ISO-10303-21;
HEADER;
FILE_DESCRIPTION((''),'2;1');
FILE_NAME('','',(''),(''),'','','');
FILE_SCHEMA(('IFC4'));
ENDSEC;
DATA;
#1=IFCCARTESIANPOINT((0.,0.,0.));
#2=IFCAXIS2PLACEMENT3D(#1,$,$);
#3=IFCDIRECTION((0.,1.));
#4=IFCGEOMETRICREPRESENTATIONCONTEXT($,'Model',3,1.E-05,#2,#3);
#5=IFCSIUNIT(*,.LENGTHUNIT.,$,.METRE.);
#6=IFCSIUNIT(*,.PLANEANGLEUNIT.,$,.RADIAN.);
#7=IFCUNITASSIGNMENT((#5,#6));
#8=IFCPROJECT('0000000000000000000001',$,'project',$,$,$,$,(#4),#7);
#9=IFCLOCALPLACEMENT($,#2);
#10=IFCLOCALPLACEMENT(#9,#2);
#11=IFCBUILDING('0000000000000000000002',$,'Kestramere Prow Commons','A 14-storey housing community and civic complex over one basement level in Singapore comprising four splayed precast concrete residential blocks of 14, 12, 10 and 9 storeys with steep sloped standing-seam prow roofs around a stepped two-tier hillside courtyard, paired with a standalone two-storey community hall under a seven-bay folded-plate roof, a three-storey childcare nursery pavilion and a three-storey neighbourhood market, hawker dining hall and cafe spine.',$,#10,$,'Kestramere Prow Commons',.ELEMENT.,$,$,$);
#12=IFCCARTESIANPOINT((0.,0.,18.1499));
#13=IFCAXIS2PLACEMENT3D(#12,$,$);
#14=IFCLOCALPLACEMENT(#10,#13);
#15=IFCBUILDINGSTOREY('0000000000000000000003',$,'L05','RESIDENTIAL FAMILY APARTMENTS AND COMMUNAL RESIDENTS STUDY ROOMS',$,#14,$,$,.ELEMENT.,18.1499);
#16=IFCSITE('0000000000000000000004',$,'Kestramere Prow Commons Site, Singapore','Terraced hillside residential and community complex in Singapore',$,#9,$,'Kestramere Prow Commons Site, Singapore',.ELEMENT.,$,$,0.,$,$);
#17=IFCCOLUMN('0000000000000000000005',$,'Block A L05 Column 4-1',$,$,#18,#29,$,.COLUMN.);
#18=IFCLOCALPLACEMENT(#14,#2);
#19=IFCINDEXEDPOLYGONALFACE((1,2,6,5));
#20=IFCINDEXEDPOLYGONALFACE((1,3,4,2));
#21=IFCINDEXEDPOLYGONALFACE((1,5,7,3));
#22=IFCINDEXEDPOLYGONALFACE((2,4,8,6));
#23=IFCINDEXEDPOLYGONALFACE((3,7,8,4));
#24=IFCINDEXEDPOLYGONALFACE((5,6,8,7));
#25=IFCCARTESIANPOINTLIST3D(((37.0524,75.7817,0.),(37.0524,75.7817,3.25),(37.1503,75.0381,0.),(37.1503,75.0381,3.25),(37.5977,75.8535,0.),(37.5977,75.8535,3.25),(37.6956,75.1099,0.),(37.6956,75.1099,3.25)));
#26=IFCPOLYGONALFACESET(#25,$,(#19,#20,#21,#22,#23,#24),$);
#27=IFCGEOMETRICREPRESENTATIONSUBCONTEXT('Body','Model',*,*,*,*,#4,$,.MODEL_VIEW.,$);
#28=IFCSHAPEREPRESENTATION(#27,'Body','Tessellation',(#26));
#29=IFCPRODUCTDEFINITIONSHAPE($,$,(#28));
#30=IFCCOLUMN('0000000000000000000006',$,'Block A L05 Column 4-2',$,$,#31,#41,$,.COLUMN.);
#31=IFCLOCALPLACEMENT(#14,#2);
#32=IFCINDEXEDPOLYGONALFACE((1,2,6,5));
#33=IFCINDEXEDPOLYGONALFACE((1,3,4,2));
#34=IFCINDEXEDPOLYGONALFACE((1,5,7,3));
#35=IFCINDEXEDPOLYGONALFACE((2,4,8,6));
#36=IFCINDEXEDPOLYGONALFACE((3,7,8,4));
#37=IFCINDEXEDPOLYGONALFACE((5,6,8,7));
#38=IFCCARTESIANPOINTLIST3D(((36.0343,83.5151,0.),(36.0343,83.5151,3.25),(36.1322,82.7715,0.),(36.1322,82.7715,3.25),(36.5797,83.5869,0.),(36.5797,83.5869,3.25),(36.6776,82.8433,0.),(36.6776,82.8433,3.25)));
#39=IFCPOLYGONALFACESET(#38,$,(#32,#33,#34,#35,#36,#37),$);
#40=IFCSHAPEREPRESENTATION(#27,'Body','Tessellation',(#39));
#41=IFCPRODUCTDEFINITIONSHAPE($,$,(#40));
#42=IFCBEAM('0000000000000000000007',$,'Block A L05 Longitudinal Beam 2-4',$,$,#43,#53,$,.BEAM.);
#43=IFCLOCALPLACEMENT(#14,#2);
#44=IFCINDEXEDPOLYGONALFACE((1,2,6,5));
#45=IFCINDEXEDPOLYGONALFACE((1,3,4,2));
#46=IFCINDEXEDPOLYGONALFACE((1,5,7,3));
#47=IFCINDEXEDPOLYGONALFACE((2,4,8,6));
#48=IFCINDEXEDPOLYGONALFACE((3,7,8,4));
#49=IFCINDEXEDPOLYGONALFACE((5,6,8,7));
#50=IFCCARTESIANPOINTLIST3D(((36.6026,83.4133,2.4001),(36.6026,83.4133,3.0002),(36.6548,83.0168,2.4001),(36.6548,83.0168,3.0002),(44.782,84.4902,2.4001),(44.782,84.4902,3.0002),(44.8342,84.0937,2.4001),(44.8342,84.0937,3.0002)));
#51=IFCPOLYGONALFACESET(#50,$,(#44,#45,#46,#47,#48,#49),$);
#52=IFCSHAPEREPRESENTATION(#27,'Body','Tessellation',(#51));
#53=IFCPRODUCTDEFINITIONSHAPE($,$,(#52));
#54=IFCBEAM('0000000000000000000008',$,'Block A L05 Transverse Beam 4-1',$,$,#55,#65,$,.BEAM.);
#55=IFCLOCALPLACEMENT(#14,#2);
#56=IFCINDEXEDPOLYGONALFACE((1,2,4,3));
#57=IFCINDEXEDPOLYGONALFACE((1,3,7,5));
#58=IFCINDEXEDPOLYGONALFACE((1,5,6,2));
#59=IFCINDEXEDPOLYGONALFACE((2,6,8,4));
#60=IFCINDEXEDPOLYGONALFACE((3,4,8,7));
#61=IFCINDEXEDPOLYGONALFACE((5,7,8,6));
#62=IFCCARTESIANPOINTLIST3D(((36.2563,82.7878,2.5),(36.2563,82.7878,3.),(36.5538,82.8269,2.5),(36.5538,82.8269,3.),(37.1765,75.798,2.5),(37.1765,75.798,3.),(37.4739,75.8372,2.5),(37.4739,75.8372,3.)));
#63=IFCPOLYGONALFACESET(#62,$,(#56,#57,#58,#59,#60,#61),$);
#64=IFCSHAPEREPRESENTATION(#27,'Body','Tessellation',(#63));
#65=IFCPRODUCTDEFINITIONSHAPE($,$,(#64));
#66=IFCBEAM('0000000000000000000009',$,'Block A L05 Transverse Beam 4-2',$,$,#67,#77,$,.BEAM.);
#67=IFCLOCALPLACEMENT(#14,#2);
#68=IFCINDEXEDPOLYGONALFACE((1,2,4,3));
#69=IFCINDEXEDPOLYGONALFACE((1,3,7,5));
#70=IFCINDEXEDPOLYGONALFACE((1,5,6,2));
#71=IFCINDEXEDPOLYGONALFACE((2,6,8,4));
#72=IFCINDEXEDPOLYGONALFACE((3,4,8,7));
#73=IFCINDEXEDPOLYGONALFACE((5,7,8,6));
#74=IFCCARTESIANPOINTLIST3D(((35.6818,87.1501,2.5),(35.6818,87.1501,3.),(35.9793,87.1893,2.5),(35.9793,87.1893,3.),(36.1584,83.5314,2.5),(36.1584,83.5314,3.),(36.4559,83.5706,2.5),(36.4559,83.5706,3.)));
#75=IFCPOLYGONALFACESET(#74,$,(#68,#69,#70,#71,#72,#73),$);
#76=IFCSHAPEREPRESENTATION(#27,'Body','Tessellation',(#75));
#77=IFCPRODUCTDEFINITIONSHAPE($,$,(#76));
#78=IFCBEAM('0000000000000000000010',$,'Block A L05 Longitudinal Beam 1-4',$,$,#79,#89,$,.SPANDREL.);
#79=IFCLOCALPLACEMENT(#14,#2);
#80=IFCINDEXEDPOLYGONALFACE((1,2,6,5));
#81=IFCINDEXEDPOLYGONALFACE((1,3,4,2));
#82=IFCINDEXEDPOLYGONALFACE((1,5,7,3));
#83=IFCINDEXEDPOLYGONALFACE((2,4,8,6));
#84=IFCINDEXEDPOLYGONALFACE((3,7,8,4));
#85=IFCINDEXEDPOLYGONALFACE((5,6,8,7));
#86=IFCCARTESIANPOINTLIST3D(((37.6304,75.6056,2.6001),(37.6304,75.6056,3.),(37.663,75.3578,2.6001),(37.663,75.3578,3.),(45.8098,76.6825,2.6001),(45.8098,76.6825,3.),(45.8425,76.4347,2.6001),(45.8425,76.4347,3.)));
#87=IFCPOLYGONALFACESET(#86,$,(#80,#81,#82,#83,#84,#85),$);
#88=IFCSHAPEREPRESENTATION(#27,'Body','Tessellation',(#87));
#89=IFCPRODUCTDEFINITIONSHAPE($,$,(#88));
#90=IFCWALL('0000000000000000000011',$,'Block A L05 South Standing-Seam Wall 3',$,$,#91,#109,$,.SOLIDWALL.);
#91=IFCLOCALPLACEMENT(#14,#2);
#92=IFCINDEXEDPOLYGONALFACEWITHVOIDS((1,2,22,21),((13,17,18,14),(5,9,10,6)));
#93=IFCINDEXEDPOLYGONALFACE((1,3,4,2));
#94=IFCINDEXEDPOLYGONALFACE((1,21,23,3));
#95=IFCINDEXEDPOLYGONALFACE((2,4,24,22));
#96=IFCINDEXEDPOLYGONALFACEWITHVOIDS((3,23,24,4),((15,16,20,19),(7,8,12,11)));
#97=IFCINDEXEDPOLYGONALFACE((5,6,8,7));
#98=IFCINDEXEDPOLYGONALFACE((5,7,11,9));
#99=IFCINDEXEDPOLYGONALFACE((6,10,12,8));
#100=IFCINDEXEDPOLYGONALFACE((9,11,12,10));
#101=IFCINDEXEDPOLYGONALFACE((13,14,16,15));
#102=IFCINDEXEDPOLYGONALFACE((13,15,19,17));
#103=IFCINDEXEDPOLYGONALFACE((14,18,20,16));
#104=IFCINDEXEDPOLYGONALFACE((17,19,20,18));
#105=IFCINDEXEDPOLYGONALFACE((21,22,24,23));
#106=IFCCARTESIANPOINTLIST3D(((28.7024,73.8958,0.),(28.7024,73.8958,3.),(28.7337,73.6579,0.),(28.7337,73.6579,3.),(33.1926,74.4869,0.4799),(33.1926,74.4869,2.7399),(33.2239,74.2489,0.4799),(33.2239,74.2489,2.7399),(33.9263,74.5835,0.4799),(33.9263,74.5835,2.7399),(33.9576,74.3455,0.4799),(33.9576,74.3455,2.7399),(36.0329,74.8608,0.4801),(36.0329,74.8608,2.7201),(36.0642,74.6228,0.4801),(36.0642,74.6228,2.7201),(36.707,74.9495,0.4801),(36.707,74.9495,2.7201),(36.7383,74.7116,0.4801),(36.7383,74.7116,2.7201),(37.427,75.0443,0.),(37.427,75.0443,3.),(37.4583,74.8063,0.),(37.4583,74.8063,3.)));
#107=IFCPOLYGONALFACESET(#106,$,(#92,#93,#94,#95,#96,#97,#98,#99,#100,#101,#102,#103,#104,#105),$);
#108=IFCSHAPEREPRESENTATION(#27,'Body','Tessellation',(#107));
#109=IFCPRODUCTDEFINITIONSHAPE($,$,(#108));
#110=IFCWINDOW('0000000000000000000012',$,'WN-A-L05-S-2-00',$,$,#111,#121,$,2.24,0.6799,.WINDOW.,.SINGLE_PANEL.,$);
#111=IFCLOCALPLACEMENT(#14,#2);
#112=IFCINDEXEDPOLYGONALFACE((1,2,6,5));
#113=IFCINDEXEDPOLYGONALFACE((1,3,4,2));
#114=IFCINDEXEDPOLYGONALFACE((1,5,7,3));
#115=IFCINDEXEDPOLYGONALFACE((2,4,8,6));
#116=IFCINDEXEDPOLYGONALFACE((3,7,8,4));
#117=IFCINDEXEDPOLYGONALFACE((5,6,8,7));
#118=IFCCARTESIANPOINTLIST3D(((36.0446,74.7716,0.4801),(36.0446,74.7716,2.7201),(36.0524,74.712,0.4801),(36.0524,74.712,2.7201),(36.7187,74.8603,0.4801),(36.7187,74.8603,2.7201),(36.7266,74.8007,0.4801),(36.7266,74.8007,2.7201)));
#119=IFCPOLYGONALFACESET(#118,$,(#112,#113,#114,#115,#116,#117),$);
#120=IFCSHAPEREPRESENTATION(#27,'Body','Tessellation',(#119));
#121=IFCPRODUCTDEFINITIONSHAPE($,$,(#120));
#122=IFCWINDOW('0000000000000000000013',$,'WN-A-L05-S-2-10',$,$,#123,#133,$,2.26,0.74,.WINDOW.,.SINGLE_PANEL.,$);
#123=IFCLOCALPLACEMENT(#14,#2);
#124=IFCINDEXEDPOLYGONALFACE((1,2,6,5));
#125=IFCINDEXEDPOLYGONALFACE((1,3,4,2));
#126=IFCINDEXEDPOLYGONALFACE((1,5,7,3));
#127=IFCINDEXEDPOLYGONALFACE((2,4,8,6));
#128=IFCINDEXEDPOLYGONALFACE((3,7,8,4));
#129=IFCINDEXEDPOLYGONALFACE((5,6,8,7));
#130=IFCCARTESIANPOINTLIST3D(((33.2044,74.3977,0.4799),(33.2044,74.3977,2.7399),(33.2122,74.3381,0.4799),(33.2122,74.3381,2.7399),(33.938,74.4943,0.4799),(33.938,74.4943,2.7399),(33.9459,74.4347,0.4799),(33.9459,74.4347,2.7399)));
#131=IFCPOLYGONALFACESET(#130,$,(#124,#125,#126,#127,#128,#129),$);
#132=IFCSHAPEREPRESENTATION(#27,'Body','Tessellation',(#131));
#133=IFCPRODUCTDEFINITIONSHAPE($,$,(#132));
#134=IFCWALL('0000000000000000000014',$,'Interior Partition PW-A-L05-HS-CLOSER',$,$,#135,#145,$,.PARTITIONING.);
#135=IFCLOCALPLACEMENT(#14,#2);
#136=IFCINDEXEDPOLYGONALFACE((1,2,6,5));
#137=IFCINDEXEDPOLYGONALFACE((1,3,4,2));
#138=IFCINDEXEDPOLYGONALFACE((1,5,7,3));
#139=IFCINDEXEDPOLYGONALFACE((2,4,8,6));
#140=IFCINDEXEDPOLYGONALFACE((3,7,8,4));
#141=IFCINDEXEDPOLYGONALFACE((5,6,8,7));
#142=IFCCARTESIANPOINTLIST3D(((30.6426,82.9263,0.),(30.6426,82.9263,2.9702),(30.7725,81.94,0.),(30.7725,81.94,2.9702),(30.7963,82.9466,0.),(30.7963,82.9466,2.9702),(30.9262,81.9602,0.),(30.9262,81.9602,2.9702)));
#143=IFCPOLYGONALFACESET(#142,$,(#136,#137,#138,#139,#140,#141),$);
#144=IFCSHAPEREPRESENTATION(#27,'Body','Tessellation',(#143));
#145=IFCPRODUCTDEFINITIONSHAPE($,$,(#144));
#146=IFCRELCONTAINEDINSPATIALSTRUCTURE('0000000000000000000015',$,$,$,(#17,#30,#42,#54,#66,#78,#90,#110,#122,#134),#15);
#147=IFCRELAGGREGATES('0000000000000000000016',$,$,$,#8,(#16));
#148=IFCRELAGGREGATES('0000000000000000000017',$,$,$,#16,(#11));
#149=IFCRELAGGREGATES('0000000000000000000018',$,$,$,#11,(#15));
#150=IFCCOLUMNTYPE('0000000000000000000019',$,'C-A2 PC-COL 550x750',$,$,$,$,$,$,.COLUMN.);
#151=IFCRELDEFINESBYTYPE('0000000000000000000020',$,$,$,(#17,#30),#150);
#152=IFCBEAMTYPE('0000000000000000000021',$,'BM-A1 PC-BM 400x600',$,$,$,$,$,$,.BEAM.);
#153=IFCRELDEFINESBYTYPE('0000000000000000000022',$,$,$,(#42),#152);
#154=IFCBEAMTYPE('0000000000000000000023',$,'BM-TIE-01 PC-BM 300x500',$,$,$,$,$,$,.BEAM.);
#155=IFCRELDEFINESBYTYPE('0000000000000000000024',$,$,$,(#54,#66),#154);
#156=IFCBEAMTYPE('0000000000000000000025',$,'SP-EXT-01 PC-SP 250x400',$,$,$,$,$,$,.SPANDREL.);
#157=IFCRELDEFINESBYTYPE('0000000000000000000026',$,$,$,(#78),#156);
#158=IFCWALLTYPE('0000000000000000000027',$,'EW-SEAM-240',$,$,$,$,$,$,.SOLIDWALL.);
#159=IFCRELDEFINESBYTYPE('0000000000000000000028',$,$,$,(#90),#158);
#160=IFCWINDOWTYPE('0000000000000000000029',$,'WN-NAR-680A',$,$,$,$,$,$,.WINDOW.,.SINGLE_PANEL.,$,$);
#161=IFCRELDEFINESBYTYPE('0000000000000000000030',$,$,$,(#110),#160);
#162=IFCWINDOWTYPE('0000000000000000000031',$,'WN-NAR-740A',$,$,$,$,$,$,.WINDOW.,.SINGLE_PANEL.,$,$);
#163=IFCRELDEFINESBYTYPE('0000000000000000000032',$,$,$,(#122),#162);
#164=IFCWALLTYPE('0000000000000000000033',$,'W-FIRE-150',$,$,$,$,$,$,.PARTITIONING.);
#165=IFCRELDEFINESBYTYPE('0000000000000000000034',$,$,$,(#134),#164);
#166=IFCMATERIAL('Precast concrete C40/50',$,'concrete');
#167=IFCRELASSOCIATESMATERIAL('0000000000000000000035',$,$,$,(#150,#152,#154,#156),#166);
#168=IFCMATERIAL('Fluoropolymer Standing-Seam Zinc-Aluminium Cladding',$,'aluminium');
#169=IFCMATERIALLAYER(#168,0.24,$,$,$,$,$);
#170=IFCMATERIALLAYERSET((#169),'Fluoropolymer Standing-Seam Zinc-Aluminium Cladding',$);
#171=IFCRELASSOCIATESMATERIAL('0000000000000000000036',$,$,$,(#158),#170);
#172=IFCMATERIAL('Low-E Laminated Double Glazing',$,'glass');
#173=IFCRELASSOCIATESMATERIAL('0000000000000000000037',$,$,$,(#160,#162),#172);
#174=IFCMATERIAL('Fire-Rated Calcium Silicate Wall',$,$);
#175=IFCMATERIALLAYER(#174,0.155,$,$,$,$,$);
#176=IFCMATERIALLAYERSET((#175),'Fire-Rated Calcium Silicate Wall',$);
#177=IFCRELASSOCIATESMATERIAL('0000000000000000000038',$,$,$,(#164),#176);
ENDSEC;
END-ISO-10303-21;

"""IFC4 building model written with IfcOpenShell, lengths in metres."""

from ifc_helpers import new_model, si_unit, direction, frame, frame_2d, origin, origin_2d, place, context, subcontext, project, spatial, rectangle, extrude, material, layer, layer_set, material_profile, profile_set, type_object, element, fill, save


model = new_model("IFC4")

# Units and contexts
model_context = context("Model", 3, precision=1e-05, world=origin(), true_north=direction((0.0, 1.0)))
body_context = subcontext(model_context, "Body", "Model", "MODEL_VIEW")
ifc_project = project(units=[si_unit("LENGTHUNIT", "METRE"), si_unit("PLANEANGLEUNIT", "RADIAN")], contexts=[model_context])

# Site, building, storey
site_placement = place(None, origin())
site = spatial("IfcSite", under=ifc_project, at=site_placement, Name="Kestramere Prow Commons Site, Singapore", Description="Terraced hillside residential and community complex in Singapore", LongName="Kestramere Prow Commons Site, Singapore", CompositionType="ELEMENT", RefElevation=0.0)
building_placement = place(site_placement, origin())
building = spatial("IfcBuilding", under=site, at=building_placement, Name="Kestramere Prow Commons", Description="A 14-storey housing community and civic complex over one basement level in Singapore comprising four splayed precast concrete residential blocks of 14, 12, 10 and 9 storeys with steep sloped standing-seam prow roofs around a stepped two-tier hillside courtyard, paired with a standalone two-storey community hall under a seven-bay folded-plate roof, a three-storey childcare nursery pavilion and a three-storey neighbourhood market, hawker dining hall and cafe spine.", LongName="Kestramere Prow Commons", CompositionType="ELEMENT")
storey_placement = place(building_placement, frame((0.0, 0.0, 18.1499)))
storey = spatial("IfcBuildingStorey", under=building, at=storey_placement, Name="L05", Description="RESIDENTIAL FAMILY APARTMENTS AND COMMUNAL RESIDENTS STUDY ROOMS", CompositionType="ELEMENT", Elevation=18.1499)

# Columns
ifc_material_1 = material(Name="Precast concrete C40/50", Category="concrete")
ifc_material_profile_1 = material_profile(ifc_material_1, rectangle(XDim=0.55, YDim=0.75, at=origin_2d()), Name="PC-COL 550x750")
ifc_profile_set_1 = profile_set([ifc_material_profile_1], Name="Precast concrete C40/50")
column_type = type_object("IfcColumnType", Name="C-A2 PC-COL 550x750", PredefinedType="COLUMN", material=ifc_profile_set_1)
for number, where, z_axis, x_axis, name in (
    (1, (37.374, 75.4458, 0.0), (0.0, 0.0, 1.0), (0.991445, 0.130526, 0.0), "Block A L05 Column 4-1"),
    (2, (36.356, 83.1792, 0.0), (0.0, 0.0, 1.0), (0.991445, 0.130526, 0.0), "Block A L05 Column 4-2"),
):
    element("IfcColumn", number, at=place(storey_placement, frame(where, z_axis=z_axis, x_axis=x_axis)), inside=storey, type_object=column_type, Name=name, PredefinedType="COLUMN", context=body_context, shape_type="SweptSolid", body=[
        extrude(rectangle(XDim=0.55, YDim=0.75, at=origin_2d()), origin(), (0.0, 0.0, 1.0), 3.25),
    ])

# Beams
ifc_material_profile_2 = material_profile(ifc_material_1, rectangle(XDim=0.3999, YDim=0.6001, at=origin_2d()), Name="PC-BM 400x600")
ifc_profile_set_2 = profile_set([ifc_material_profile_2], Name="Precast concrete C40/50")
beam_type_1 = type_object("IfcBeamType", Name="BM-A1 PC-BM 400x600", PredefinedType="BEAM", material=ifc_profile_set_2)
beam_1_placement = place(storey_placement, frame((36.6287, 83.2151, 2.7002), z_axis=(0.991444, 0.130533, 0.0), x_axis=(-0.130533, 0.991444, 0.0)))
element("IfcBeam", 3, at=beam_1_placement, inside=storey, type_object=beam_type_1, Name="Block A L05 Longitudinal Beam 2-4", PredefinedType="BEAM", context=body_context, shape_type="SweptSolid", body=[
    extrude(rectangle(XDim=0.3999, YDim=0.6001, at=origin_2d()), origin(), (0.0, 0.0, 1.0), 8.25),
])
ifc_material_profile_3 = material_profile(ifc_material_1, rectangle(XDim=0.3, YDim=0.5, at=origin_2d()), Name="PC-BM 300x500")
ifc_profile_set_3 = profile_set([ifc_material_profile_3], Name="Precast concrete C40/50")
beam_type_2 = type_object("IfcBeamType", Name="BM-TIE-01 PC-BM 300x500", PredefinedType="BEAM", material=ifc_profile_set_3)
beam_2_placement = place(storey_placement, frame((37.3252, 75.8176, 2.75), z_axis=(-0.130519, 0.991446, 0.0), x_axis=(-0.991446, -0.130519, 0.0)))
element("IfcBeam", 4, at=beam_2_placement, inside=storey, type_object=beam_type_2, Name="Block A L05 Transverse Beam 4-1", PredefinedType="BEAM", context=body_context, shape_type="SweptSolid", body=[
    extrude(rectangle(XDim=0.3, YDim=0.5, at=origin_2d()), origin(), (0.0, 0.0, 1.0), 7.05),
])
beam_3_placement = place(storey_placement, frame((36.3071, 83.551, 2.75), z_axis=(-0.130569, 0.991439, 0.0), x_axis=(-0.991439, -0.130569, 0.0)))
element("IfcBeam", 5, at=beam_3_placement, inside=storey, type_object=beam_type_2, Name="Block A L05 Transverse Beam 4-2", PredefinedType="BEAM", context=body_context, shape_type="SweptSolid", body=[
    extrude(rectangle(XDim=0.3, YDim=0.5, at=origin_2d()), origin(), (0.0, 0.0, 1.0), 3.6499),
])
ifc_material_profile_4 = material_profile(ifc_material_1, rectangle(XDim=0.25, YDim=0.3999, at=origin_2d()), Name="PC-SP 250x400")
ifc_profile_set_4 = profile_set([ifc_material_profile_4], Name="Precast concrete C40/50")
beam_type_3 = type_object("IfcBeamType", Name="SP-EXT-01 PC-SP 250x400", PredefinedType="SPANDREL", material=ifc_profile_set_4)
beam_4_placement = place(storey_placement, frame((37.6467, 75.4817, 2.8), z_axis=(0.991444, 0.130533, 0.0), x_axis=(-0.130533, 0.991444, 0.0)))
element("IfcBeam", 6, at=beam_4_placement, inside=storey, type_object=beam_type_3, Name="Block A L05 Longitudinal Beam 1-4", PredefinedType="SPANDREL", context=body_context, shape_type="SweptSolid", body=[
    extrude(rectangle(XDim=0.25, YDim=0.3999, at=origin_2d()), origin(), (0.0, 0.0, 1.0), 8.25),
])

# Wall, openings, windows
ifc_material_2 = material(Name="Fluoropolymer Standing-Seam Zinc-Aluminium Cladding", Category="aluminium")
ifc_layer_1 = layer(ifc_material_2, 0.24)
ifc_layer_set_1 = layer_set([ifc_layer_1], Name="Fluoropolymer Standing-Seam Zinc-Aluminium Cladding")
wall_type_1 = type_object("IfcWallType", Name="EW-SEAM-240", PredefinedType="SOLIDWALL", material=ifc_layer_set_1)
wall_1_placement = place(storey_placement, frame((37.4426, 74.9253, 0.0), z_axis=(0.0, 0.0, 1.0), x_axis=(-0.991447, -0.130506, 0.0)))
wall_1 = element("IfcWall", 7, at=wall_1_placement, inside=storey, type_object=wall_type_1, Name="Block A L05 South Standing-Seam Wall 3", PredefinedType="SOLIDWALL", context=body_context, shape_type="SweptSolid", body=[
    extrude(rectangle(XDim=8.7998, YDim=0.24, at=frame_2d((4.3999, 0.0))), origin(), (0.0, 0.0, 1.0), 3.0),
])
opening_1_placement = place(wall_1_placement, frame((0.7263, 0.0, 0.48)))
opening_1 = element("IfcOpeningElement", 8, at=opening_1_placement, cuts=wall_1, PredefinedType="OPENING", context=body_context, shape_type="SweptSolid", body=[
    extrude(rectangle(XDim=0.6799, YDim=2.24, at=frame_2d((0.3398, 1.1201))), frame((0.0, 0.135, 0.0), z_axis=(0.0, -1.0, 0.0), x_axis=(1.0, 0.0, 0.0)), (0.0, 0.0, 1.0), 0.27),
])
opening_2_placement = place(wall_1_placement, frame((3.5308, 0.0, 0.48)))
opening_2 = element("IfcOpeningElement", 9, at=opening_2_placement, cuts=wall_1, PredefinedType="OPENING", context=body_context, shape_type="SweptSolid", body=[
    extrude(rectangle(XDim=0.74, YDim=2.26, at=frame_2d((0.3701, 1.1299))), frame((0.0, 0.135, 0.0), z_axis=(0.0, -1.0, 0.0), x_axis=(1.0, 0.0, 0.0)), (0.0, 0.0, 1.0), 0.27),
])
ifc_material_3 = material(Name="Low-E Laminated Double Glazing", Category="glass")
window_type_1 = type_object("IfcWindowType", Name="WN-NAR-680A", PartitioningType="SINGLE_PANEL", PredefinedType="WINDOW", material=ifc_material_3)
window_1_placement = place(opening_1_placement, origin())
window_1 = element("IfcWindow", 10, at=window_1_placement, inside=storey, type_object=window_type_1, Name="WN-A-L05-S-2-00", OverallHeight=2.24, OverallWidth=0.6799, PartitioningType="SINGLE_PANEL", PredefinedType="WINDOW", context=body_context, shape_type="SweptSolid", body=[
    extrude(rectangle(XDim=0.6799, YDim=2.24, at=frame_2d((0.3398, 1.1201))), frame((0.0, 0.03, 0.0), z_axis=(0.0, -1.0, 0.0), x_axis=(1.0, 0.0, 0.0)), (0.0, 0.0, 1.0), 0.0601),
])
fill(opening_1, window_1)
window_type_2 = type_object("IfcWindowType", Name="WN-NAR-740A", PartitioningType="SINGLE_PANEL", PredefinedType="WINDOW", material=ifc_material_3)
window_2_placement = place(opening_2_placement, origin())
window_2 = element("IfcWindow", 11, at=window_2_placement, inside=storey, type_object=window_type_2, Name="WN-A-L05-S-2-10", OverallHeight=2.26, OverallWidth=0.74, PartitioningType="SINGLE_PANEL", PredefinedType="WINDOW", context=body_context, shape_type="SweptSolid", body=[
    extrude(rectangle(XDim=0.74, YDim=2.26, at=frame_2d((0.3701, 1.1299))), frame((0.0, 0.03, 0.0), z_axis=(0.0, -1.0, 0.0), x_axis=(1.0, 0.0, 0.0)), (0.0, 0.0, 1.0), 0.0601),
])
fill(opening_2, window_2)

# Wall
ifc_material_4 = material(Name="Fire-Rated Calcium Silicate Wall")
ifc_layer_2 = layer(ifc_material_4, 0.155)
ifc_layer_set_2 = layer_set([ifc_layer_2], Name="Fire-Rated Calcium Silicate Wall")
wall_type_2 = type_object("IfcWallType", Name="W-FIRE-150", PredefinedType="PARTITIONING", material=ifc_layer_set_2)
wall_2_placement = place(storey_placement, frame((30.8494, 81.95, 0.0), z_axis=(0.0, 0.0, 1.0), x_axis=(-0.130556, 0.991441, 0.0)))
element("IfcWall", 12, at=wall_2_placement, inside=storey, type_object=wall_type_2, Name="Interior Partition PW-A-L05-HS-CLOSER", PredefinedType="PARTITIONING", context=body_context, shape_type="SweptSolid", body=[
    extrude(rectangle(XDim=0.9949, YDim=0.155, at=frame_2d((0.4976, 0.0))), origin(), (0.0, 0.0, 1.0), 2.9702),
])

save(model, "model.ifc")
